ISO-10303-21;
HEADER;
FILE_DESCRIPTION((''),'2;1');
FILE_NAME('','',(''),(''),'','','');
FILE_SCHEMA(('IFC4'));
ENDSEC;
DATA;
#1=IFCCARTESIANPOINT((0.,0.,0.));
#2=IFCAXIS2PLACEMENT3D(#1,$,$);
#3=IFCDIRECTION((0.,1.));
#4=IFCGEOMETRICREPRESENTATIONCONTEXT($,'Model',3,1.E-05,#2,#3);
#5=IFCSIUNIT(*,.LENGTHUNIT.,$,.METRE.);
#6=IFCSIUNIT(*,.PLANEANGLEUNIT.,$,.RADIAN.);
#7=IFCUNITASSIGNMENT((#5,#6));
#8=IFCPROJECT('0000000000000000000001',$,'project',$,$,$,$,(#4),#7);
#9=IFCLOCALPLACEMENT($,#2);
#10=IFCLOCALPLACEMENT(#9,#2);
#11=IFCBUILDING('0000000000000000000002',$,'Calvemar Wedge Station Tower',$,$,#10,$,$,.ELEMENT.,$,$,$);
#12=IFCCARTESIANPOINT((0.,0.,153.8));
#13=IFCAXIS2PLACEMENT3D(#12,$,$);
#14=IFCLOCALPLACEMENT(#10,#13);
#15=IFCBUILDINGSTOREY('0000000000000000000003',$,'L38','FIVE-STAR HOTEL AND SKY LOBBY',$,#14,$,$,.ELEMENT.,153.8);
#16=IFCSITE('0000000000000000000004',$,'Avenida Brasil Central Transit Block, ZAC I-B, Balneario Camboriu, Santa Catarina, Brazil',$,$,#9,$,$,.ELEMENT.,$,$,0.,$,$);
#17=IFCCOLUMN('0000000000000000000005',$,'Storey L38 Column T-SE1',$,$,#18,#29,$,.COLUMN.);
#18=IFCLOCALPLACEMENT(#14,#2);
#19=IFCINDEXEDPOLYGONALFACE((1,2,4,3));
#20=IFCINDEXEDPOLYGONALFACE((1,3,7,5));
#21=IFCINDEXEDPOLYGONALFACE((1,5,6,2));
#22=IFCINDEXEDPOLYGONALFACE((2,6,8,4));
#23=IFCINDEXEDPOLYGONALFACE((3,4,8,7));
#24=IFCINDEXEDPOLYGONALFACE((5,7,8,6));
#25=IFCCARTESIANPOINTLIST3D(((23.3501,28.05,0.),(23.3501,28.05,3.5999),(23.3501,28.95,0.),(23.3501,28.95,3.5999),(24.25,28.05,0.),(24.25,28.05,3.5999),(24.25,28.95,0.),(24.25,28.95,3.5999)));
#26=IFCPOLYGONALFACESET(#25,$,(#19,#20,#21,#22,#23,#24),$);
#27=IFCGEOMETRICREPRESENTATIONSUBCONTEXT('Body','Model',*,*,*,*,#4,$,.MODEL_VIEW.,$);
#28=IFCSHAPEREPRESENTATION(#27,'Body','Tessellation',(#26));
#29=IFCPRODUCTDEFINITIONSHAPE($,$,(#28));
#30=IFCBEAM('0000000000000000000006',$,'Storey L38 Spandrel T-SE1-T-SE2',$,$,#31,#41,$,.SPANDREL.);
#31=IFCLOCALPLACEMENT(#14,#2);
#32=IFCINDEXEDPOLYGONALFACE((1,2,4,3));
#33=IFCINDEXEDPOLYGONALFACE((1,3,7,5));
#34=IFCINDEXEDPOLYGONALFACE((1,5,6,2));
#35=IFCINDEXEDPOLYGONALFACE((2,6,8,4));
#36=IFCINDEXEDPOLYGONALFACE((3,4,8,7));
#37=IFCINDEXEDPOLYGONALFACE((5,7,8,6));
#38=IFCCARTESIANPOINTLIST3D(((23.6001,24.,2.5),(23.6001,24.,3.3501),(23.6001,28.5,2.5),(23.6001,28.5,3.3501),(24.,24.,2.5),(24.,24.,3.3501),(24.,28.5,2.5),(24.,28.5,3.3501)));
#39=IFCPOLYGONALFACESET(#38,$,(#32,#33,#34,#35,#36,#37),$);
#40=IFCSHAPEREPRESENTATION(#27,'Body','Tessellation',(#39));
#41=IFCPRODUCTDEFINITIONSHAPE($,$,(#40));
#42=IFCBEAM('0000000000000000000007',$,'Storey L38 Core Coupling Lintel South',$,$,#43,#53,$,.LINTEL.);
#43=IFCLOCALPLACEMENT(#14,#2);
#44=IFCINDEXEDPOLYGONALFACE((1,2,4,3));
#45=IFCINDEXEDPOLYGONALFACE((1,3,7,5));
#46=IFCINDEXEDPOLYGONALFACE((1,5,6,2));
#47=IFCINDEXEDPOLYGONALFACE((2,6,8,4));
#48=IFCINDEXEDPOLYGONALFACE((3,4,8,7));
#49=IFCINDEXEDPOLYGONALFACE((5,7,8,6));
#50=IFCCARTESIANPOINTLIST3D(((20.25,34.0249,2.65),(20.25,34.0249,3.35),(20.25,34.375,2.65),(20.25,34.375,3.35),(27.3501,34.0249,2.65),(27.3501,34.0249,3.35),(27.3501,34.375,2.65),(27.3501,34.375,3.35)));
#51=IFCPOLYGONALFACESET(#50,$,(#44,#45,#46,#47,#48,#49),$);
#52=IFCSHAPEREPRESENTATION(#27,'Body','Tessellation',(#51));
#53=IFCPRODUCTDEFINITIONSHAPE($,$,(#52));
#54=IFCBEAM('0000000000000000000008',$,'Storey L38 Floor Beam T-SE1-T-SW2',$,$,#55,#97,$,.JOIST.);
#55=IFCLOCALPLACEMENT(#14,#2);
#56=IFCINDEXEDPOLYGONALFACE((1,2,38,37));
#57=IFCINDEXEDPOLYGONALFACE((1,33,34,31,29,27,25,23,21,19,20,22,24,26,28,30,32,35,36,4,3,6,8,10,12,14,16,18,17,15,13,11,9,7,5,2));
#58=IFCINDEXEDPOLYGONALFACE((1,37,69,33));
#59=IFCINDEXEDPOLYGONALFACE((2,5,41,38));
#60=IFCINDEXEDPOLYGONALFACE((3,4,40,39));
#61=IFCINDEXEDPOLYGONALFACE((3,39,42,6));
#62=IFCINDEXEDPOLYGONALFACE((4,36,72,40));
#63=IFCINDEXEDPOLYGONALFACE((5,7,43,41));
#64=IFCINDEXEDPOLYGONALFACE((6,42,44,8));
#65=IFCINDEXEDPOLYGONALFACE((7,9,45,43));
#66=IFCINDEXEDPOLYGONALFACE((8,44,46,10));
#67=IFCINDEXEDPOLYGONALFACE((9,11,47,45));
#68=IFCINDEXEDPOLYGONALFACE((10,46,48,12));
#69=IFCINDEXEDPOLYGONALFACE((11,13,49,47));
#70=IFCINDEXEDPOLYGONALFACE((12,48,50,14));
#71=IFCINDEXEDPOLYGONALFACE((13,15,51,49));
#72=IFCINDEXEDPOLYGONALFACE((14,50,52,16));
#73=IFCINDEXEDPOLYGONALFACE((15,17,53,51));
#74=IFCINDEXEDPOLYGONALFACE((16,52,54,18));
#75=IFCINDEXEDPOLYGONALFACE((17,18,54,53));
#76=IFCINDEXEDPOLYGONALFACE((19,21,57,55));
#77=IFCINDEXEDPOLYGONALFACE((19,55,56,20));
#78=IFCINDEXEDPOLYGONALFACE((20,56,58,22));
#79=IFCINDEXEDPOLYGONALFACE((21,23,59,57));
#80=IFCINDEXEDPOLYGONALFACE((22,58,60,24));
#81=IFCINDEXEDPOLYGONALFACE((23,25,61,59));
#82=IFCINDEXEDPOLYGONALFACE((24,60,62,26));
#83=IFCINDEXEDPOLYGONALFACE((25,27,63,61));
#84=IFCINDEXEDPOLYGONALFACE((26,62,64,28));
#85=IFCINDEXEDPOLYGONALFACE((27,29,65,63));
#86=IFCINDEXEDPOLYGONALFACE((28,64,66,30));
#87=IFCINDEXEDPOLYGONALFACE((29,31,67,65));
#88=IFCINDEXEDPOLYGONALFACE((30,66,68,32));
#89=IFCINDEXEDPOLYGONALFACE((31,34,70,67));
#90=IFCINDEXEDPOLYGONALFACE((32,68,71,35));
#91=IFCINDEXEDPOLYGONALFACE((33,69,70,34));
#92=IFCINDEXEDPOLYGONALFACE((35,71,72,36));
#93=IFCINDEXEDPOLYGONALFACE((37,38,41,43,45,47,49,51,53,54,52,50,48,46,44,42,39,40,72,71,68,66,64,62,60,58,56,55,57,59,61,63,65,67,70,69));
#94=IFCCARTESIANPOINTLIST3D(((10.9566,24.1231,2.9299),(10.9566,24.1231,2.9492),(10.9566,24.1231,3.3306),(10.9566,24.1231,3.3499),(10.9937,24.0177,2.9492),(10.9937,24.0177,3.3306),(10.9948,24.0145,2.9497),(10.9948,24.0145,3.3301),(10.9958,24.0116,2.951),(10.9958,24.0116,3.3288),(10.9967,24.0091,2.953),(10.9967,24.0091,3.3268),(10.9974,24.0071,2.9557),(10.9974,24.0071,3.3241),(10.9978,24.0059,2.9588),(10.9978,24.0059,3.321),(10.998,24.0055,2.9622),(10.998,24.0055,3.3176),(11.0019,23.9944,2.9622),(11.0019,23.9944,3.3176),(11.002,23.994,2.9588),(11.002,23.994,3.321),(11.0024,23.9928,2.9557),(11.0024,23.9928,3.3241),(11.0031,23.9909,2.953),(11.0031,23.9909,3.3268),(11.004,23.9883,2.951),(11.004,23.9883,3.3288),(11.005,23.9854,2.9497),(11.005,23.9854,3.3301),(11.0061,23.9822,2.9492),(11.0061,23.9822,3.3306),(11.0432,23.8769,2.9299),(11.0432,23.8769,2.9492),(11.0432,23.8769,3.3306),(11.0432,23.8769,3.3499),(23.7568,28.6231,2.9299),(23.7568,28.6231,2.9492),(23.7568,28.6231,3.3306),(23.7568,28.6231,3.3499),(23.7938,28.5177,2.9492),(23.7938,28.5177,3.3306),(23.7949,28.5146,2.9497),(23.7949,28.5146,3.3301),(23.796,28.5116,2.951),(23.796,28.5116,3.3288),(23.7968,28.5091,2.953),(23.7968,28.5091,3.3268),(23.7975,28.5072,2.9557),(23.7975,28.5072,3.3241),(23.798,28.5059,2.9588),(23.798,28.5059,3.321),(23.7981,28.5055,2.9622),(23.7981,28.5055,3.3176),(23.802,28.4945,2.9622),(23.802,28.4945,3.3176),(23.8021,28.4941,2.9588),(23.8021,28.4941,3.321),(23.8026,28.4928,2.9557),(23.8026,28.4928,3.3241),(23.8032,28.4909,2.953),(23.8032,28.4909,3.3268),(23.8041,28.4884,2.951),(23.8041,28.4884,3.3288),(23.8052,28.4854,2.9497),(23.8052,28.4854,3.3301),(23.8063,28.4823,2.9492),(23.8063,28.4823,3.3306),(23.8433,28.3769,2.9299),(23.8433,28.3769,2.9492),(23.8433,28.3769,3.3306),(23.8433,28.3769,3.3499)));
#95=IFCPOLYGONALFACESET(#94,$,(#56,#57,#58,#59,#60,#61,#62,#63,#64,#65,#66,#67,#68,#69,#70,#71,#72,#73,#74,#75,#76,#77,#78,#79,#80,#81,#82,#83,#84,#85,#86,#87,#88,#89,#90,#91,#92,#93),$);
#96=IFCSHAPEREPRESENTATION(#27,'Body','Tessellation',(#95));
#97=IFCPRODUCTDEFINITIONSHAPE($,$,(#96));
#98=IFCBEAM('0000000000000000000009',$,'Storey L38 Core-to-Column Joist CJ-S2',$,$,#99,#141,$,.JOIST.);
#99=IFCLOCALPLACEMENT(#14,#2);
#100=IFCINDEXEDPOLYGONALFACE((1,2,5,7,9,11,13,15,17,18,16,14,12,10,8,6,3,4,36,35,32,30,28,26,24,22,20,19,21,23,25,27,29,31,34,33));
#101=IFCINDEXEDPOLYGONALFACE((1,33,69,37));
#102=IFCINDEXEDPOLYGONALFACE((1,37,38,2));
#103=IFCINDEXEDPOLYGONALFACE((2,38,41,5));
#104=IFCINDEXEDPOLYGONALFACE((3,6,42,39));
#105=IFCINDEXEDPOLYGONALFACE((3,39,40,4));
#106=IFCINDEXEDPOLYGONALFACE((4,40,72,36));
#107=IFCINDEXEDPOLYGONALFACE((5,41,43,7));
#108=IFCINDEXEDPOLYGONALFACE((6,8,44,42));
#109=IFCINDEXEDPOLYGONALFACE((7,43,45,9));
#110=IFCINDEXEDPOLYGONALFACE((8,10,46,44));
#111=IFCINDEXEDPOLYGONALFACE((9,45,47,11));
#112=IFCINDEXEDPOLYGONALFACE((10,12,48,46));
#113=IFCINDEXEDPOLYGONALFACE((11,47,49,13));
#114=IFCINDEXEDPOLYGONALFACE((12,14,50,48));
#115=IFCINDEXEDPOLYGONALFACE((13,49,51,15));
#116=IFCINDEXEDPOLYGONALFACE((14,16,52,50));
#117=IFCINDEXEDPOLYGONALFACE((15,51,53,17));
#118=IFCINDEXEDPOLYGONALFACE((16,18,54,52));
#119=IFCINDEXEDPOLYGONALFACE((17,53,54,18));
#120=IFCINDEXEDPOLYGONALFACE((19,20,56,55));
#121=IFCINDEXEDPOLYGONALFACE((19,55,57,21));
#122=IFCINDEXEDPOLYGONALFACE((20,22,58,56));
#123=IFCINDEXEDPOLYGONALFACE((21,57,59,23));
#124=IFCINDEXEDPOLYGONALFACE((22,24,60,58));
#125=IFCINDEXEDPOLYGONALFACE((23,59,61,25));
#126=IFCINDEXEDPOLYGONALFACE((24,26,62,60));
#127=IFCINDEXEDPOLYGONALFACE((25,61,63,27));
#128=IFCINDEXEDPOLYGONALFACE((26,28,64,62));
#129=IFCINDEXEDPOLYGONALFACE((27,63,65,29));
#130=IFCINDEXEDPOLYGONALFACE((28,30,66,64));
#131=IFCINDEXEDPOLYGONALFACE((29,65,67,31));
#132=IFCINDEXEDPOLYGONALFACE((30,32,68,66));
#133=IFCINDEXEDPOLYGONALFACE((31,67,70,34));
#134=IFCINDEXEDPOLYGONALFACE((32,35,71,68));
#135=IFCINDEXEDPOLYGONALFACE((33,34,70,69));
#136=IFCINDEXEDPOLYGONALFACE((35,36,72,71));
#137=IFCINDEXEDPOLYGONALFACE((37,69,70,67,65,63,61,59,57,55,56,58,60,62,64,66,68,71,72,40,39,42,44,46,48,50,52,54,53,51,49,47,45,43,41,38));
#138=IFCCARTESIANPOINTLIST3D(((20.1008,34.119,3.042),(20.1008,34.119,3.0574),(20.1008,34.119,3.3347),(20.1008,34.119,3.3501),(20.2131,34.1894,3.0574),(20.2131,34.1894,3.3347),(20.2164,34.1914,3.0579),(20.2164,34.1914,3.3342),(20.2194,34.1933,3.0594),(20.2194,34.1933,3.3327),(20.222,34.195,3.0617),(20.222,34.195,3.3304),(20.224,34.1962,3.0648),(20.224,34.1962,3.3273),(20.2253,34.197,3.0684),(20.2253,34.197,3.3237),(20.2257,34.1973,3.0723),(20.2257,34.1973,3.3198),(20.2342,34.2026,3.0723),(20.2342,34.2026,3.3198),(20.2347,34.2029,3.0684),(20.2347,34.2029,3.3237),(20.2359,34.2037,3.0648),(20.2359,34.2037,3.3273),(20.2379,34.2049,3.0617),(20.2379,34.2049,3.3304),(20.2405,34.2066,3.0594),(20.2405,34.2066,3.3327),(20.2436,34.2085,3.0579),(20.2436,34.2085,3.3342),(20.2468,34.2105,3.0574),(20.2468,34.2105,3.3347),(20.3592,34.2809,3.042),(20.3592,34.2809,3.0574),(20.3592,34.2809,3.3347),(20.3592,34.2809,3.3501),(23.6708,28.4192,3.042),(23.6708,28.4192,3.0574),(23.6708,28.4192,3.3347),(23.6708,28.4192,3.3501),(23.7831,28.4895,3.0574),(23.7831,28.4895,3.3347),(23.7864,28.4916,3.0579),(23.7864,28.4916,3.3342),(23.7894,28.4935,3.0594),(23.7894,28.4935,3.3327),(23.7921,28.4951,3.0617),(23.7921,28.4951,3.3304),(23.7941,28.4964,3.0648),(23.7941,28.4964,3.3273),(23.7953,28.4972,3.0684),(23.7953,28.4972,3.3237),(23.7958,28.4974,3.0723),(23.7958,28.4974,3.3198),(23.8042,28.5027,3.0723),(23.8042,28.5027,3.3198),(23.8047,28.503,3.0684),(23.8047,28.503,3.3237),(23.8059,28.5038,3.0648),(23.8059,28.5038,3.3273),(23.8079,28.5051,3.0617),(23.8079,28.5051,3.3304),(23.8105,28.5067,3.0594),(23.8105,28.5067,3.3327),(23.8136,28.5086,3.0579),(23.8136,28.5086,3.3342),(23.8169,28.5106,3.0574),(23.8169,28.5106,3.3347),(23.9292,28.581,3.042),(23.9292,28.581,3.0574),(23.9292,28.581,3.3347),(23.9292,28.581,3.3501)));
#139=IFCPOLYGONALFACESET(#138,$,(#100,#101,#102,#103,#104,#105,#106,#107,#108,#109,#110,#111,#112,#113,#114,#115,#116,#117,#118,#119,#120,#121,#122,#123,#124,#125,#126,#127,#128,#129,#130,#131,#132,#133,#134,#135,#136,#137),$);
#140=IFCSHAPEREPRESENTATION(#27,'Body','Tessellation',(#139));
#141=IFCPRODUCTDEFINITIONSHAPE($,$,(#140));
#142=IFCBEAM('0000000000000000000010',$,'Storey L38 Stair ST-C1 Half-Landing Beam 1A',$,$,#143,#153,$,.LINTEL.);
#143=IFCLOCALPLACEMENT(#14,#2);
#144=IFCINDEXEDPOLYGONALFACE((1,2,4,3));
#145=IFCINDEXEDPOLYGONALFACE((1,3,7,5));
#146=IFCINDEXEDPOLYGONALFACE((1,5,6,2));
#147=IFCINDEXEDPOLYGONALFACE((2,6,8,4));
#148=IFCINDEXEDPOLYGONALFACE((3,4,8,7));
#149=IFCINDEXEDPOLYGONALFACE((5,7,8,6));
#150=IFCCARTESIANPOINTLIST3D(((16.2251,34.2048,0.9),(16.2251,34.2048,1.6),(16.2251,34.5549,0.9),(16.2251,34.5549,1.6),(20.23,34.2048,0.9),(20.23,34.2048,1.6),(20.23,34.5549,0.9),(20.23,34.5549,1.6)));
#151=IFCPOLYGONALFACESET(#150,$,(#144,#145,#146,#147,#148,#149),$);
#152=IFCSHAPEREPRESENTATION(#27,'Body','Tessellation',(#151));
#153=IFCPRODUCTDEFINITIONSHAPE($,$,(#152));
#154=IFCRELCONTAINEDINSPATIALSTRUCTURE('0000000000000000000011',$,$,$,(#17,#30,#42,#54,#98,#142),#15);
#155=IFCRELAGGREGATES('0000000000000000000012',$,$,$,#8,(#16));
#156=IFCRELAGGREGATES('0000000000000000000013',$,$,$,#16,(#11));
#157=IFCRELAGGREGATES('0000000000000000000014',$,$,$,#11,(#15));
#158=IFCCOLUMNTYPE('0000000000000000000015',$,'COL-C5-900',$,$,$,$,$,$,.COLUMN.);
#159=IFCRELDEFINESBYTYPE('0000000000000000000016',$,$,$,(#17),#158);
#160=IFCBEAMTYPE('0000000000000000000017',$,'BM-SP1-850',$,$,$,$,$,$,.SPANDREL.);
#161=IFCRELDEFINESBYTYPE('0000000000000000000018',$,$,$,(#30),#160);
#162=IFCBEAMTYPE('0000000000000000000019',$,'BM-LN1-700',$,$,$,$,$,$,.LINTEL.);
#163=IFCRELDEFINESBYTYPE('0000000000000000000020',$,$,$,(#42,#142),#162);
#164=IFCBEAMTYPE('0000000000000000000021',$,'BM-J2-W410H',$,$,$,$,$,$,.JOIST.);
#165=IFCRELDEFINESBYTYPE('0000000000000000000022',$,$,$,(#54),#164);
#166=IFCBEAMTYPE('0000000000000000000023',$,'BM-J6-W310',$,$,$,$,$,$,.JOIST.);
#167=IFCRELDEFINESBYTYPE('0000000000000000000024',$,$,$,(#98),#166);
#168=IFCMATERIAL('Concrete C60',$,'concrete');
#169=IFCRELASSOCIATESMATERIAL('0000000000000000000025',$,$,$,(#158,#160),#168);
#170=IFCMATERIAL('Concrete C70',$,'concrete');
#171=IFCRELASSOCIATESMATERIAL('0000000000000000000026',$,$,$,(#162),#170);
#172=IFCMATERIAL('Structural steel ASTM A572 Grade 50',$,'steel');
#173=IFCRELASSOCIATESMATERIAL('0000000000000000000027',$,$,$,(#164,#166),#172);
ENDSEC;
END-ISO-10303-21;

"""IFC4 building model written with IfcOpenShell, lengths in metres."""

from ifc_helpers import new_model, si_unit, direction, frame, origin, origin_2d, place, context, subcontext, project, spatial, rectangle, i_section, extrude, source, transform, mapped, material, material_profile, profile_set, type_object, element, save


model = new_model("IFC4")

# Units and contexts
model_context = context("Model", 3, precision=1e-05, world=origin(), true_north=direction((0.0, 1.0)))
body_context = subcontext(model_context, "Body", "Model", "MODEL_VIEW")
ifc_project = project(units=[si_unit("LENGTHUNIT", "METRE"), si_unit("PLANEANGLEUNIT", "RADIAN")], contexts=[model_context])

# Site, building, storey
site_placement = place(None, origin())
site = spatial("IfcSite", under=ifc_project, at=site_placement, Name="Avenida Brasil Central Transit Block, ZAC I-B, Balneario Camboriu, Santa Catarina, Brazil", CompositionType="ELEMENT", RefElevation=0.0)
building_placement = place(site_placement, origin())
building = spatial("IfcBuilding", under=site, at=building_placement, Name="Calvemar Wedge Station Tower", CompositionType="ELEMENT")
storey_placement = place(building_placement, frame((0.0, 0.0, 153.8)))
storey = spatial("IfcBuildingStorey", under=building, at=storey_placement, Name="L38", Description="FIVE-STAR HOTEL AND SKY LOBBY", CompositionType="ELEMENT", Elevation=153.8)

# Column
ifc_material_1 = material(Name="Concrete C60", Category="concrete")
ifc_material_profile_1 = material_profile(ifc_material_1, rectangle(XDim=0.8999, YDim=0.8999, at=origin_2d()), Name="RC900x900")
ifc_profile_set_1 = profile_set([ifc_material_profile_1], Name="Concrete C60")
column_type = type_object("IfcColumnType", Name="COL-C5-900", PredefinedType="COLUMN", material=ifc_profile_set_1)
shared_shape_1 = source(origin(), body_context, "Body", "SweptSolid", [
    extrude(rectangle(XDim=0.8999, YDim=0.8999, at=origin_2d()), origin(), (0.0, 0.0, 1.0), 3.5999),
])
column_placement = place(storey_placement, frame((23.8, 28.5, 0.0), z_axis=(0.0, 0.0, 1.0), x_axis=(1.0, 0.0, 0.0)))
element("IfcColumn", 1, at=column_placement, inside=storey, type_object=column_type, Name="Storey L38 Column T-SE1", PredefinedType="COLUMN", context=body_context, shape_type="MappedRepresentation", body=[
    mapped(shared_shape_1, transform((0.0, 0.0, 0.0), scale=1.0)),
])

# Beams
ifc_material_profile_2 = material_profile(ifc_material_1, rectangle(XDim=0.3999, YDim=0.8501, at=origin_2d()), Name="RC400x850")
ifc_profile_set_2 = profile_set([ifc_material_profile_2], Name="Concrete C60")
beam_type_1 = type_object("IfcBeamType", Name="BM-SP1-850", PredefinedType="SPANDREL", material=ifc_profile_set_2)
shared_shape_2 = source(origin(), body_context, "Body", "SweptSolid", [
    extrude(rectangle(XDim=0.3999, YDim=0.8501, at=origin_2d()), origin(), (0.0, 0.0, 1.0), 4.5),
])
beam_1_placement = place(storey_placement, frame((23.8, 28.5, 2.925), z_axis=(0.0, -1.0, 0.0), x_axis=(1.0, 0.0, 0.0)))
element("IfcBeam", 2, at=beam_1_placement, inside=storey, type_object=beam_type_1, Name="Storey L38 Spandrel T-SE1-T-SE2", PredefinedType="SPANDREL", context=body_context, shape_type="MappedRepresentation", body=[
    mapped(shared_shape_2, transform((0.0, 0.0, 0.0), scale=1.0)),
])
ifc_material_2 = material(Name="Concrete C70", Category="concrete")
ifc_material_profile_3 = material_profile(ifc_material_2, rectangle(XDim=0.3501, YDim=0.7, at=origin_2d()), Name="RC350x700")
ifc_profile_set_3 = profile_set([ifc_material_profile_3], Name="Concrete C70")
beam_type_2 = type_object("IfcBeamType", Name="BM-LN1-700", PredefinedType="LINTEL", material=ifc_profile_set_3)
shared_shape_3 = source(origin(), body_context, "Body", "SweptSolid", [
    extrude(rectangle(XDim=0.3501, YDim=0.7, at=origin_2d()), origin(), (0.0, 0.0, 1.0), 7.1001),
])
beam_2_placement = place(storey_placement, frame((20.25, 34.2, 3.0), z_axis=(1.0, 0.0, 0.0), x_axis=(0.0, 1.0, 0.0)))
element("IfcBeam", 3, at=beam_2_placement, inside=storey, type_object=beam_type_2, Name="Storey L38 Core Coupling Lintel South", PredefinedType="LINTEL", context=body_context, shape_type="MappedRepresentation", body=[
    mapped(shared_shape_3, transform((0.0, 0.0, 0.0), scale=1.0)),
])
ifc_material_3 = material(Name="Structural steel ASTM A572 Grade 50", Category="steel")
ifc_material_profile_4 = material_profile(ifc_material_3, i_section(OverallWidth=0.261, OverallDepth=0.4199, WebThickness=0.0117, FlangeThickness=0.0193, FilletRadius=0.0129, at=origin_2d()), Name="W410x114")
ifc_profile_set_4 = profile_set([ifc_material_profile_4], Name="Structural steel ASTM A572 Grade 50")
beam_type_3 = type_object("IfcBeamType", Name="BM-J2-W410H", PredefinedType="JOIST", material=ifc_profile_set_4)
shared_shape_4 = source(origin(), body_context, "Body", "SweptSolid", [
    extrude(i_section(OverallWidth=0.261, OverallDepth=0.4199, WebThickness=0.0117, FlangeThickness=0.0193, FilletRadius=0.0129, at=origin_2d()), origin(), (0.0, 0.0, 1.0), 13.5681),
])
beam_3_placement = place(storey_placement, frame((23.8, 28.5, 3.1399), z_axis=(-0.943398, -0.331662, 0.0), x_axis=(0.331662, -0.943398, 0.0)))
element("IfcBeam", 4, at=beam_3_placement, inside=storey, type_object=beam_type_3, Name="Storey L38 Floor Beam T-SE1-T-SW2", PredefinedType="JOIST", context=body_context, shape_type="MappedRepresentation", body=[
    mapped(shared_shape_4, transform((0.0, 0.0, 0.0), scale=1.0)),
])
ifc_material_profile_5 = material_profile(ifc_material_3, i_section(OverallWidth=0.3049, OverallDepth=0.3081, WebThickness=0.01, FlangeThickness=0.0154, FilletRadius=0.0149, at=origin_2d()), Name="W310x97")
ifc_profile_set_5 = profile_set([ifc_material_profile_5], Name="Structural steel ASTM A572 Grade 50")
beam_type_4 = type_object("IfcBeamType", Name="BM-J6-W310", PredefinedType="JOIST", material=ifc_profile_set_5)
shared_shape_5 = source(origin(), body_context, "Body", "SweptSolid", [
    extrude(i_section(OverallWidth=0.3049, OverallDepth=0.3081, WebThickness=0.01, FlangeThickness=0.0154, FilletRadius=0.0149, at=origin_2d()), origin(), (0.0, 0.0, 1.0), 6.7256),
])
beam_4_placement = place(storey_placement, frame((20.23, 34.2, 3.196), z_axis=(0.530811, -0.84749, 0.0), x_axis=(0.84749, 0.530811, 0.0)))
element("IfcBeam", 5, at=beam_4_placement, inside=storey, type_object=beam_type_4, Name="Storey L38 Core-to-Column Joist CJ-S2", PredefinedType="JOIST", context=body_context, shape_type="MappedRepresentation", body=[
    mapped(shared_shape_5, transform((0.0, 0.0, 0.0), scale=1.0)),
])
shared_shape_6 = source(origin(), body_context, "Body", "SweptSolid", [
    extrude(rectangle(XDim=0.3501, YDim=0.7, at=origin_2d()), origin(), (0.0, 0.0, 1.0), 4.0049),
])
beam_5_placement = place(storey_placement, frame((16.2251, 34.3799, 1.25), z_axis=(1.0, 0.0, 0.0), x_axis=(0.0, 1.0, 0.0)))
element("IfcBeam", 6, at=beam_5_placement, inside=storey, type_object=beam_type_2, Name="Storey L38 Stair ST-C1 Half-Landing Beam 1A", PredefinedType="LINTEL", context=body_context, shape_type="MappedRepresentation", body=[
    mapped(shared_shape_6, transform((0.0, 0.0, 0.0), scale=1.0)),
])

save(model, "model.ifc")
